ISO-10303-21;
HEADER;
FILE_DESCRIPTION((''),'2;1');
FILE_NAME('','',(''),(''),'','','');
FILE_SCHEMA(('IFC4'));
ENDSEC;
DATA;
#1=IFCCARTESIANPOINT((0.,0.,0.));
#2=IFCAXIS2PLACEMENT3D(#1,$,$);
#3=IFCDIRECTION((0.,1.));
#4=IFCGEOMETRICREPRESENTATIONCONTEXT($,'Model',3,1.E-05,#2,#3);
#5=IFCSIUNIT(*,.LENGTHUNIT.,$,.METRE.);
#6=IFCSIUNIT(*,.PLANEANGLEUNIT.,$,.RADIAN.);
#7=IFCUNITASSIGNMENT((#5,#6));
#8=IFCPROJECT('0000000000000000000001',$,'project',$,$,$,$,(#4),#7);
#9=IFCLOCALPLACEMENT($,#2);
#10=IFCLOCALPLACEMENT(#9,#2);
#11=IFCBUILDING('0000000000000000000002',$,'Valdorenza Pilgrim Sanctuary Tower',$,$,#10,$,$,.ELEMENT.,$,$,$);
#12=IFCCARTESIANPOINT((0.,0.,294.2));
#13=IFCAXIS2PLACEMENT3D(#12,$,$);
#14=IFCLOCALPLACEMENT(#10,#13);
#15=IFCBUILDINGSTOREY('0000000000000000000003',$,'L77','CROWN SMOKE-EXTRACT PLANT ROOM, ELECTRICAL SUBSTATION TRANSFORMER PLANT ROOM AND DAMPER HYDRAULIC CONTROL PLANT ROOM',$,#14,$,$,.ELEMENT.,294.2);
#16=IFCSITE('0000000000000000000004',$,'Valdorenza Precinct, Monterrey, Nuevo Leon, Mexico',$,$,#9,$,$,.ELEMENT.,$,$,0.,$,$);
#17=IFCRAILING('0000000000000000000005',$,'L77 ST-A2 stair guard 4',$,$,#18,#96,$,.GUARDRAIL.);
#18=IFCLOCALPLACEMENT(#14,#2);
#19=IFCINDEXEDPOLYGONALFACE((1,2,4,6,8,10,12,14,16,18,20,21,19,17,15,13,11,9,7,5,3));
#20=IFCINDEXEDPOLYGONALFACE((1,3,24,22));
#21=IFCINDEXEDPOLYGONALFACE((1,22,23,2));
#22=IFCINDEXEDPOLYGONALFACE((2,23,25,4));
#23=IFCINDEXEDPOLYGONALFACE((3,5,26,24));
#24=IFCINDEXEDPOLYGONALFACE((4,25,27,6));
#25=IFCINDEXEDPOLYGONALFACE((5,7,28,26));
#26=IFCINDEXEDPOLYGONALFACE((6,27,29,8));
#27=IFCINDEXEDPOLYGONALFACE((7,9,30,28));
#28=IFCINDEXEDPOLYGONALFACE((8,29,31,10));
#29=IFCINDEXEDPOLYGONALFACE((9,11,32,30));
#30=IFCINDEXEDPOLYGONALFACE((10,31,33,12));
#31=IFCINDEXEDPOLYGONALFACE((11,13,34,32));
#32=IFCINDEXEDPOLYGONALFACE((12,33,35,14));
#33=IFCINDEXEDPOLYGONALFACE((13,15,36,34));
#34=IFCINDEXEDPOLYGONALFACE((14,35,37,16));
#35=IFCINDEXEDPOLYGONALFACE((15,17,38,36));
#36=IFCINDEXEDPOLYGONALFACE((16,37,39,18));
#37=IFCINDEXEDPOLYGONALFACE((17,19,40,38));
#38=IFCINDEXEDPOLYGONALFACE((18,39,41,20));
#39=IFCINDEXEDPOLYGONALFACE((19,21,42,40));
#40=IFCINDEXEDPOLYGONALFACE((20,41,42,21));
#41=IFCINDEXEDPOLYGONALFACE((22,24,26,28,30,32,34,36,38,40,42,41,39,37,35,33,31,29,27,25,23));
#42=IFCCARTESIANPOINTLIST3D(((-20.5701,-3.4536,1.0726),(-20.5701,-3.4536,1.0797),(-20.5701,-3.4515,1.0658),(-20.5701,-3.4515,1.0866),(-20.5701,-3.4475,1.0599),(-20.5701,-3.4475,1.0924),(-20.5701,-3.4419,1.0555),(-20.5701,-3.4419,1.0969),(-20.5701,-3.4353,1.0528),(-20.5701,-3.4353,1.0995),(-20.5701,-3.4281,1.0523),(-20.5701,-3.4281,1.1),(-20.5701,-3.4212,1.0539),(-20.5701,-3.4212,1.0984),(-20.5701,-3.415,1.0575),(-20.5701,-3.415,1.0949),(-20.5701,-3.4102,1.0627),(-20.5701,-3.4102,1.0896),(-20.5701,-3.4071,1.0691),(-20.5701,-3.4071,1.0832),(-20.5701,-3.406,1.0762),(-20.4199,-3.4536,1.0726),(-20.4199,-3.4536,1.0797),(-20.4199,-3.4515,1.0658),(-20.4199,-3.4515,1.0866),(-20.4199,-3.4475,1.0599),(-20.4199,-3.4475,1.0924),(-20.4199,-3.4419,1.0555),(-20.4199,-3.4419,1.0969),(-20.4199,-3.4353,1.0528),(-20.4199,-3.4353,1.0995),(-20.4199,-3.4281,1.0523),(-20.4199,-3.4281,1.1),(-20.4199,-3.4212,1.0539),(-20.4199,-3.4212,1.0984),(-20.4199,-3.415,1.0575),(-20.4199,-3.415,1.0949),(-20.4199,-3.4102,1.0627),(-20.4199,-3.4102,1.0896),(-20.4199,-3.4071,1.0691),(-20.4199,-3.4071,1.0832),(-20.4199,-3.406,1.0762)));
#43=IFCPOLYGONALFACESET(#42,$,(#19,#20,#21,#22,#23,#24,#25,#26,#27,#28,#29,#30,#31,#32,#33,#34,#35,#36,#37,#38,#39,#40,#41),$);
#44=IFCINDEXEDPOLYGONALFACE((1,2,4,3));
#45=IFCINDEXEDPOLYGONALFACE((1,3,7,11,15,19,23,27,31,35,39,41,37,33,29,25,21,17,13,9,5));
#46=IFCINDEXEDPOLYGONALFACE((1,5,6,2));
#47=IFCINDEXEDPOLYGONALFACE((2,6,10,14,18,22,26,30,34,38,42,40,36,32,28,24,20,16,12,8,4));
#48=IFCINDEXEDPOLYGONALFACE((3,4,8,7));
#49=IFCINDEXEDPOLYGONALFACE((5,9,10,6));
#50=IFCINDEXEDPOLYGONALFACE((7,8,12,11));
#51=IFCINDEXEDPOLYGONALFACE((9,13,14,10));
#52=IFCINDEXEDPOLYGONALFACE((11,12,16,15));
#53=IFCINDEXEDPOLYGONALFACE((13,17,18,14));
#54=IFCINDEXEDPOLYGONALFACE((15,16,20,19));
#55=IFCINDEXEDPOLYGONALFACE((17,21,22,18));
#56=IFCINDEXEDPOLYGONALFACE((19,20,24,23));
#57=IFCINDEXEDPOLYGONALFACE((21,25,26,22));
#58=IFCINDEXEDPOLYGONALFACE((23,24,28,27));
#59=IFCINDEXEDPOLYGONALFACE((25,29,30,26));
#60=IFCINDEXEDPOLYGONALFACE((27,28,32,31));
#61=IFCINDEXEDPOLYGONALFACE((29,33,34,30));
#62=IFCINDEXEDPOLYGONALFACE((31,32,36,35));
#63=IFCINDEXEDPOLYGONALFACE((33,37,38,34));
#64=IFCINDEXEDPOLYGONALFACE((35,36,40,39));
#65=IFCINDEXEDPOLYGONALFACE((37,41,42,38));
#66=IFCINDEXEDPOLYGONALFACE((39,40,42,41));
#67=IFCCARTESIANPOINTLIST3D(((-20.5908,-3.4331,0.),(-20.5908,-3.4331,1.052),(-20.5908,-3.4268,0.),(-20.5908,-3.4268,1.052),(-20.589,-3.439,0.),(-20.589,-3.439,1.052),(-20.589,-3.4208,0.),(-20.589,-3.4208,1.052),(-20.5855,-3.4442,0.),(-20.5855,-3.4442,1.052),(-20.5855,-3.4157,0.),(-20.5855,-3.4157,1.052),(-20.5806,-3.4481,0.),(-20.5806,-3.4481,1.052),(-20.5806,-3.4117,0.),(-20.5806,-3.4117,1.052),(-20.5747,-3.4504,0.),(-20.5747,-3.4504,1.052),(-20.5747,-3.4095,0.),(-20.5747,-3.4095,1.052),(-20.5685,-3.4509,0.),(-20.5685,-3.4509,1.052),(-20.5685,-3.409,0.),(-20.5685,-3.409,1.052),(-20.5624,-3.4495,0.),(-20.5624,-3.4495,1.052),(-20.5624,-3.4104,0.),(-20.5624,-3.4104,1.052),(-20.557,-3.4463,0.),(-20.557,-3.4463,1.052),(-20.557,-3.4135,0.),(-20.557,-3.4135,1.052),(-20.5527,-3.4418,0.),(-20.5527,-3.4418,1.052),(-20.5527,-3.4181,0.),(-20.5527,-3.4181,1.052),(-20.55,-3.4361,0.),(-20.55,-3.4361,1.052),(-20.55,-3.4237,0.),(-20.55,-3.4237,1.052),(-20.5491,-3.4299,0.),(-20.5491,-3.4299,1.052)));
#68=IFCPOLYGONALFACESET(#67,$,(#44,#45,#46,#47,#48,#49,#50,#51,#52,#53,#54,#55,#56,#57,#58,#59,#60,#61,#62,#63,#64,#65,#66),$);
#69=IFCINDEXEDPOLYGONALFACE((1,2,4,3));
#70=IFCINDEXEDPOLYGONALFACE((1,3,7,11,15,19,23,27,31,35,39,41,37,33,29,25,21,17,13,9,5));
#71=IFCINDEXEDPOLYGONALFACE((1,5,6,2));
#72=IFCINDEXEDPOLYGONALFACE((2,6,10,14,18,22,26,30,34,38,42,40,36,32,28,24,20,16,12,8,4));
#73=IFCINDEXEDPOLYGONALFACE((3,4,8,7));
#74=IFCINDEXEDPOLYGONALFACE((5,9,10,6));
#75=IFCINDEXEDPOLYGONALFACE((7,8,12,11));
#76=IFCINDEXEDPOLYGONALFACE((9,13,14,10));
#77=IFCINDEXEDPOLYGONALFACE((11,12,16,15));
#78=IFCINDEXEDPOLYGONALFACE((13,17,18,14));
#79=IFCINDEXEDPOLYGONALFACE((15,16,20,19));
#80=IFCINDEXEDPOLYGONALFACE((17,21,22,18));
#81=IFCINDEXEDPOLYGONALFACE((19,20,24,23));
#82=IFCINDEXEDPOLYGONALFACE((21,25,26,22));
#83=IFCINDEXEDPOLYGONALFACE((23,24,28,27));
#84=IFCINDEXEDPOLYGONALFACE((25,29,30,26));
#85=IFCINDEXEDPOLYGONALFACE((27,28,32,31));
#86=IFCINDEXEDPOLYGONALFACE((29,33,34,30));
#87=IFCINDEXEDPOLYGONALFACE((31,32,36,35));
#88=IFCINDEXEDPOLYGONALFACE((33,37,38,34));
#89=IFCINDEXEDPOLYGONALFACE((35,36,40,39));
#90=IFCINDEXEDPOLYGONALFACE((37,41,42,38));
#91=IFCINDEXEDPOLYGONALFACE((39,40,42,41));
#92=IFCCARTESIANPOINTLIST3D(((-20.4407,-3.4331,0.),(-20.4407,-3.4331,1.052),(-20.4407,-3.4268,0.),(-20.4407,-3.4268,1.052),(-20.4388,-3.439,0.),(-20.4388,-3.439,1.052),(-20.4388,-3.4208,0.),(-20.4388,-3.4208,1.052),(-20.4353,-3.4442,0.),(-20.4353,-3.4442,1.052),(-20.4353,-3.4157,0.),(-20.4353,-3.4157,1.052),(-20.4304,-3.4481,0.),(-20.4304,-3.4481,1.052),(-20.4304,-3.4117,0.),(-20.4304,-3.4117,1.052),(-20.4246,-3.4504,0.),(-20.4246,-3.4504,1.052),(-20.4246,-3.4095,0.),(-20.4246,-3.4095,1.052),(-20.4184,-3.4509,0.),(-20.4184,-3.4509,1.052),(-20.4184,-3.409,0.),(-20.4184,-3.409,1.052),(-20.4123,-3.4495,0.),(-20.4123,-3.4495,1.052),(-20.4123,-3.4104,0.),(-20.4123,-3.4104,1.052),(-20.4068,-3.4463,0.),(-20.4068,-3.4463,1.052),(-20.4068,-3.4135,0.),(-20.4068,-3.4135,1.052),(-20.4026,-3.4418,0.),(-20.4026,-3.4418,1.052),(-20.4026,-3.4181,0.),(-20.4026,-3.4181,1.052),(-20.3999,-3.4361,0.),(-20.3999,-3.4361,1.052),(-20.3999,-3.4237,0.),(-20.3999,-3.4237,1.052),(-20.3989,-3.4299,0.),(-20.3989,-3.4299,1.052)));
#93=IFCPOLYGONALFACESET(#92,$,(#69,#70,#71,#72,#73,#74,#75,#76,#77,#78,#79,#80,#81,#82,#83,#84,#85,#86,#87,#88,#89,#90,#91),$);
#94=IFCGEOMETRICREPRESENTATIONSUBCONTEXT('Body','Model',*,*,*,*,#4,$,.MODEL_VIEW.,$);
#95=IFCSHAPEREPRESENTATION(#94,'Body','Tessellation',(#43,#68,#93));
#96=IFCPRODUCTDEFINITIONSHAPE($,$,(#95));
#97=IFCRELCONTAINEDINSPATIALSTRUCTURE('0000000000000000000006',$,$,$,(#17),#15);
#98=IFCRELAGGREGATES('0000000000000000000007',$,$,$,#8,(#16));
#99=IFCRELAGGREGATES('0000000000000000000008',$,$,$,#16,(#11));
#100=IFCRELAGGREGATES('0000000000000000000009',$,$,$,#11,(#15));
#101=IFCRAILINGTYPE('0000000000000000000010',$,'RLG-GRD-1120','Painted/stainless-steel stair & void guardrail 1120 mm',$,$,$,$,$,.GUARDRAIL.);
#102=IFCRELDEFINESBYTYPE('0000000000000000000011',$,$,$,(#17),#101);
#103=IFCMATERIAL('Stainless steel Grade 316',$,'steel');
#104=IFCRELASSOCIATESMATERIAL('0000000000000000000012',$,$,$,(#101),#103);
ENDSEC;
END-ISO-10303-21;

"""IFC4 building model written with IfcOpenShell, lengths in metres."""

from ifc_helpers import new_model, si_unit, direction, frame, origin, origin_2d, place, context, subcontext, project, spatial, circle, extrude, material, type_object, element, save


model = new_model("IFC4")

# Units and contexts
model_context = context("Model", 3, precision=1e-05, world=origin(), true_north=direction((0.0, 1.0)))
body_context = subcontext(model_context, "Body", "Model", "MODEL_VIEW")
ifc_project = project(units=[si_unit("LENGTHUNIT", "METRE"), si_unit("PLANEANGLEUNIT", "RADIAN")], contexts=[model_context])

# Site, building, storey
site_placement = place(None, origin())
site = spatial("IfcSite", under=ifc_project, at=site_placement, Name="Valdorenza Precinct, Monterrey, Nuevo Leon, Mexico", CompositionType="ELEMENT", RefElevation=0.0)
building_placement = place(site_placement, origin())
building = spatial("IfcBuilding", under=site, at=building_placement, Name="Valdorenza Pilgrim Sanctuary Tower", CompositionType="ELEMENT")
storey_placement = place(building_placement, frame((0.0, 0.0, 294.2)))
storey = spatial("IfcBuildingStorey", under=building, at=storey_placement, Name="L77", Description="CROWN SMOKE-EXTRACT PLANT ROOM, ELECTRICAL SUBSTATION TRANSFORMER PLANT ROOM AND DAMPER HYDRAULIC CONTROL PLANT ROOM", CompositionType="ELEMENT", Elevation=294.2)

# Railing
ifc_material_1 = material(Name="Stainless steel Grade 316", Category="steel")
railing_type_1 = type_object("IfcRailingType", Name="RLG-GRD-1120", Description="Painted/stainless-steel stair & void guardrail 1120 mm", PredefinedType="GUARDRAIL", material=ifc_material_1)
railing_1_placement = place(storey_placement, frame((-20.5701, -3.4299, 0.0)))
element("IfcRailing", 1, at=railing_1_placement, inside=storey, type_object=railing_type_1, Name="L77 ST-A2 stair guard 4", PredefinedType="GUARDRAIL", context=body_context, shape_type="SweptSolid", body=[
    extrude(circle(Radius=0.0239, at=origin_2d()), frame((0.0, 0.0, 1.0762), z_axis=(1.0, 0.0, 0.0), x_axis=(0.0, 1.0, 0.0)), (0.0, 0.0, 1.0), 0.1501),
    extrude(circle(Radius=0.021, at=origin_2d()), origin(), (0.0, 0.0, 1.0), 1.052),
    extrude(circle(Radius=0.021, at=origin_2d()), frame((0.1501, 0.0, 0.0)), (0.0, 0.0, 1.0), 1.052),
])

save(model, "model.ifc")
